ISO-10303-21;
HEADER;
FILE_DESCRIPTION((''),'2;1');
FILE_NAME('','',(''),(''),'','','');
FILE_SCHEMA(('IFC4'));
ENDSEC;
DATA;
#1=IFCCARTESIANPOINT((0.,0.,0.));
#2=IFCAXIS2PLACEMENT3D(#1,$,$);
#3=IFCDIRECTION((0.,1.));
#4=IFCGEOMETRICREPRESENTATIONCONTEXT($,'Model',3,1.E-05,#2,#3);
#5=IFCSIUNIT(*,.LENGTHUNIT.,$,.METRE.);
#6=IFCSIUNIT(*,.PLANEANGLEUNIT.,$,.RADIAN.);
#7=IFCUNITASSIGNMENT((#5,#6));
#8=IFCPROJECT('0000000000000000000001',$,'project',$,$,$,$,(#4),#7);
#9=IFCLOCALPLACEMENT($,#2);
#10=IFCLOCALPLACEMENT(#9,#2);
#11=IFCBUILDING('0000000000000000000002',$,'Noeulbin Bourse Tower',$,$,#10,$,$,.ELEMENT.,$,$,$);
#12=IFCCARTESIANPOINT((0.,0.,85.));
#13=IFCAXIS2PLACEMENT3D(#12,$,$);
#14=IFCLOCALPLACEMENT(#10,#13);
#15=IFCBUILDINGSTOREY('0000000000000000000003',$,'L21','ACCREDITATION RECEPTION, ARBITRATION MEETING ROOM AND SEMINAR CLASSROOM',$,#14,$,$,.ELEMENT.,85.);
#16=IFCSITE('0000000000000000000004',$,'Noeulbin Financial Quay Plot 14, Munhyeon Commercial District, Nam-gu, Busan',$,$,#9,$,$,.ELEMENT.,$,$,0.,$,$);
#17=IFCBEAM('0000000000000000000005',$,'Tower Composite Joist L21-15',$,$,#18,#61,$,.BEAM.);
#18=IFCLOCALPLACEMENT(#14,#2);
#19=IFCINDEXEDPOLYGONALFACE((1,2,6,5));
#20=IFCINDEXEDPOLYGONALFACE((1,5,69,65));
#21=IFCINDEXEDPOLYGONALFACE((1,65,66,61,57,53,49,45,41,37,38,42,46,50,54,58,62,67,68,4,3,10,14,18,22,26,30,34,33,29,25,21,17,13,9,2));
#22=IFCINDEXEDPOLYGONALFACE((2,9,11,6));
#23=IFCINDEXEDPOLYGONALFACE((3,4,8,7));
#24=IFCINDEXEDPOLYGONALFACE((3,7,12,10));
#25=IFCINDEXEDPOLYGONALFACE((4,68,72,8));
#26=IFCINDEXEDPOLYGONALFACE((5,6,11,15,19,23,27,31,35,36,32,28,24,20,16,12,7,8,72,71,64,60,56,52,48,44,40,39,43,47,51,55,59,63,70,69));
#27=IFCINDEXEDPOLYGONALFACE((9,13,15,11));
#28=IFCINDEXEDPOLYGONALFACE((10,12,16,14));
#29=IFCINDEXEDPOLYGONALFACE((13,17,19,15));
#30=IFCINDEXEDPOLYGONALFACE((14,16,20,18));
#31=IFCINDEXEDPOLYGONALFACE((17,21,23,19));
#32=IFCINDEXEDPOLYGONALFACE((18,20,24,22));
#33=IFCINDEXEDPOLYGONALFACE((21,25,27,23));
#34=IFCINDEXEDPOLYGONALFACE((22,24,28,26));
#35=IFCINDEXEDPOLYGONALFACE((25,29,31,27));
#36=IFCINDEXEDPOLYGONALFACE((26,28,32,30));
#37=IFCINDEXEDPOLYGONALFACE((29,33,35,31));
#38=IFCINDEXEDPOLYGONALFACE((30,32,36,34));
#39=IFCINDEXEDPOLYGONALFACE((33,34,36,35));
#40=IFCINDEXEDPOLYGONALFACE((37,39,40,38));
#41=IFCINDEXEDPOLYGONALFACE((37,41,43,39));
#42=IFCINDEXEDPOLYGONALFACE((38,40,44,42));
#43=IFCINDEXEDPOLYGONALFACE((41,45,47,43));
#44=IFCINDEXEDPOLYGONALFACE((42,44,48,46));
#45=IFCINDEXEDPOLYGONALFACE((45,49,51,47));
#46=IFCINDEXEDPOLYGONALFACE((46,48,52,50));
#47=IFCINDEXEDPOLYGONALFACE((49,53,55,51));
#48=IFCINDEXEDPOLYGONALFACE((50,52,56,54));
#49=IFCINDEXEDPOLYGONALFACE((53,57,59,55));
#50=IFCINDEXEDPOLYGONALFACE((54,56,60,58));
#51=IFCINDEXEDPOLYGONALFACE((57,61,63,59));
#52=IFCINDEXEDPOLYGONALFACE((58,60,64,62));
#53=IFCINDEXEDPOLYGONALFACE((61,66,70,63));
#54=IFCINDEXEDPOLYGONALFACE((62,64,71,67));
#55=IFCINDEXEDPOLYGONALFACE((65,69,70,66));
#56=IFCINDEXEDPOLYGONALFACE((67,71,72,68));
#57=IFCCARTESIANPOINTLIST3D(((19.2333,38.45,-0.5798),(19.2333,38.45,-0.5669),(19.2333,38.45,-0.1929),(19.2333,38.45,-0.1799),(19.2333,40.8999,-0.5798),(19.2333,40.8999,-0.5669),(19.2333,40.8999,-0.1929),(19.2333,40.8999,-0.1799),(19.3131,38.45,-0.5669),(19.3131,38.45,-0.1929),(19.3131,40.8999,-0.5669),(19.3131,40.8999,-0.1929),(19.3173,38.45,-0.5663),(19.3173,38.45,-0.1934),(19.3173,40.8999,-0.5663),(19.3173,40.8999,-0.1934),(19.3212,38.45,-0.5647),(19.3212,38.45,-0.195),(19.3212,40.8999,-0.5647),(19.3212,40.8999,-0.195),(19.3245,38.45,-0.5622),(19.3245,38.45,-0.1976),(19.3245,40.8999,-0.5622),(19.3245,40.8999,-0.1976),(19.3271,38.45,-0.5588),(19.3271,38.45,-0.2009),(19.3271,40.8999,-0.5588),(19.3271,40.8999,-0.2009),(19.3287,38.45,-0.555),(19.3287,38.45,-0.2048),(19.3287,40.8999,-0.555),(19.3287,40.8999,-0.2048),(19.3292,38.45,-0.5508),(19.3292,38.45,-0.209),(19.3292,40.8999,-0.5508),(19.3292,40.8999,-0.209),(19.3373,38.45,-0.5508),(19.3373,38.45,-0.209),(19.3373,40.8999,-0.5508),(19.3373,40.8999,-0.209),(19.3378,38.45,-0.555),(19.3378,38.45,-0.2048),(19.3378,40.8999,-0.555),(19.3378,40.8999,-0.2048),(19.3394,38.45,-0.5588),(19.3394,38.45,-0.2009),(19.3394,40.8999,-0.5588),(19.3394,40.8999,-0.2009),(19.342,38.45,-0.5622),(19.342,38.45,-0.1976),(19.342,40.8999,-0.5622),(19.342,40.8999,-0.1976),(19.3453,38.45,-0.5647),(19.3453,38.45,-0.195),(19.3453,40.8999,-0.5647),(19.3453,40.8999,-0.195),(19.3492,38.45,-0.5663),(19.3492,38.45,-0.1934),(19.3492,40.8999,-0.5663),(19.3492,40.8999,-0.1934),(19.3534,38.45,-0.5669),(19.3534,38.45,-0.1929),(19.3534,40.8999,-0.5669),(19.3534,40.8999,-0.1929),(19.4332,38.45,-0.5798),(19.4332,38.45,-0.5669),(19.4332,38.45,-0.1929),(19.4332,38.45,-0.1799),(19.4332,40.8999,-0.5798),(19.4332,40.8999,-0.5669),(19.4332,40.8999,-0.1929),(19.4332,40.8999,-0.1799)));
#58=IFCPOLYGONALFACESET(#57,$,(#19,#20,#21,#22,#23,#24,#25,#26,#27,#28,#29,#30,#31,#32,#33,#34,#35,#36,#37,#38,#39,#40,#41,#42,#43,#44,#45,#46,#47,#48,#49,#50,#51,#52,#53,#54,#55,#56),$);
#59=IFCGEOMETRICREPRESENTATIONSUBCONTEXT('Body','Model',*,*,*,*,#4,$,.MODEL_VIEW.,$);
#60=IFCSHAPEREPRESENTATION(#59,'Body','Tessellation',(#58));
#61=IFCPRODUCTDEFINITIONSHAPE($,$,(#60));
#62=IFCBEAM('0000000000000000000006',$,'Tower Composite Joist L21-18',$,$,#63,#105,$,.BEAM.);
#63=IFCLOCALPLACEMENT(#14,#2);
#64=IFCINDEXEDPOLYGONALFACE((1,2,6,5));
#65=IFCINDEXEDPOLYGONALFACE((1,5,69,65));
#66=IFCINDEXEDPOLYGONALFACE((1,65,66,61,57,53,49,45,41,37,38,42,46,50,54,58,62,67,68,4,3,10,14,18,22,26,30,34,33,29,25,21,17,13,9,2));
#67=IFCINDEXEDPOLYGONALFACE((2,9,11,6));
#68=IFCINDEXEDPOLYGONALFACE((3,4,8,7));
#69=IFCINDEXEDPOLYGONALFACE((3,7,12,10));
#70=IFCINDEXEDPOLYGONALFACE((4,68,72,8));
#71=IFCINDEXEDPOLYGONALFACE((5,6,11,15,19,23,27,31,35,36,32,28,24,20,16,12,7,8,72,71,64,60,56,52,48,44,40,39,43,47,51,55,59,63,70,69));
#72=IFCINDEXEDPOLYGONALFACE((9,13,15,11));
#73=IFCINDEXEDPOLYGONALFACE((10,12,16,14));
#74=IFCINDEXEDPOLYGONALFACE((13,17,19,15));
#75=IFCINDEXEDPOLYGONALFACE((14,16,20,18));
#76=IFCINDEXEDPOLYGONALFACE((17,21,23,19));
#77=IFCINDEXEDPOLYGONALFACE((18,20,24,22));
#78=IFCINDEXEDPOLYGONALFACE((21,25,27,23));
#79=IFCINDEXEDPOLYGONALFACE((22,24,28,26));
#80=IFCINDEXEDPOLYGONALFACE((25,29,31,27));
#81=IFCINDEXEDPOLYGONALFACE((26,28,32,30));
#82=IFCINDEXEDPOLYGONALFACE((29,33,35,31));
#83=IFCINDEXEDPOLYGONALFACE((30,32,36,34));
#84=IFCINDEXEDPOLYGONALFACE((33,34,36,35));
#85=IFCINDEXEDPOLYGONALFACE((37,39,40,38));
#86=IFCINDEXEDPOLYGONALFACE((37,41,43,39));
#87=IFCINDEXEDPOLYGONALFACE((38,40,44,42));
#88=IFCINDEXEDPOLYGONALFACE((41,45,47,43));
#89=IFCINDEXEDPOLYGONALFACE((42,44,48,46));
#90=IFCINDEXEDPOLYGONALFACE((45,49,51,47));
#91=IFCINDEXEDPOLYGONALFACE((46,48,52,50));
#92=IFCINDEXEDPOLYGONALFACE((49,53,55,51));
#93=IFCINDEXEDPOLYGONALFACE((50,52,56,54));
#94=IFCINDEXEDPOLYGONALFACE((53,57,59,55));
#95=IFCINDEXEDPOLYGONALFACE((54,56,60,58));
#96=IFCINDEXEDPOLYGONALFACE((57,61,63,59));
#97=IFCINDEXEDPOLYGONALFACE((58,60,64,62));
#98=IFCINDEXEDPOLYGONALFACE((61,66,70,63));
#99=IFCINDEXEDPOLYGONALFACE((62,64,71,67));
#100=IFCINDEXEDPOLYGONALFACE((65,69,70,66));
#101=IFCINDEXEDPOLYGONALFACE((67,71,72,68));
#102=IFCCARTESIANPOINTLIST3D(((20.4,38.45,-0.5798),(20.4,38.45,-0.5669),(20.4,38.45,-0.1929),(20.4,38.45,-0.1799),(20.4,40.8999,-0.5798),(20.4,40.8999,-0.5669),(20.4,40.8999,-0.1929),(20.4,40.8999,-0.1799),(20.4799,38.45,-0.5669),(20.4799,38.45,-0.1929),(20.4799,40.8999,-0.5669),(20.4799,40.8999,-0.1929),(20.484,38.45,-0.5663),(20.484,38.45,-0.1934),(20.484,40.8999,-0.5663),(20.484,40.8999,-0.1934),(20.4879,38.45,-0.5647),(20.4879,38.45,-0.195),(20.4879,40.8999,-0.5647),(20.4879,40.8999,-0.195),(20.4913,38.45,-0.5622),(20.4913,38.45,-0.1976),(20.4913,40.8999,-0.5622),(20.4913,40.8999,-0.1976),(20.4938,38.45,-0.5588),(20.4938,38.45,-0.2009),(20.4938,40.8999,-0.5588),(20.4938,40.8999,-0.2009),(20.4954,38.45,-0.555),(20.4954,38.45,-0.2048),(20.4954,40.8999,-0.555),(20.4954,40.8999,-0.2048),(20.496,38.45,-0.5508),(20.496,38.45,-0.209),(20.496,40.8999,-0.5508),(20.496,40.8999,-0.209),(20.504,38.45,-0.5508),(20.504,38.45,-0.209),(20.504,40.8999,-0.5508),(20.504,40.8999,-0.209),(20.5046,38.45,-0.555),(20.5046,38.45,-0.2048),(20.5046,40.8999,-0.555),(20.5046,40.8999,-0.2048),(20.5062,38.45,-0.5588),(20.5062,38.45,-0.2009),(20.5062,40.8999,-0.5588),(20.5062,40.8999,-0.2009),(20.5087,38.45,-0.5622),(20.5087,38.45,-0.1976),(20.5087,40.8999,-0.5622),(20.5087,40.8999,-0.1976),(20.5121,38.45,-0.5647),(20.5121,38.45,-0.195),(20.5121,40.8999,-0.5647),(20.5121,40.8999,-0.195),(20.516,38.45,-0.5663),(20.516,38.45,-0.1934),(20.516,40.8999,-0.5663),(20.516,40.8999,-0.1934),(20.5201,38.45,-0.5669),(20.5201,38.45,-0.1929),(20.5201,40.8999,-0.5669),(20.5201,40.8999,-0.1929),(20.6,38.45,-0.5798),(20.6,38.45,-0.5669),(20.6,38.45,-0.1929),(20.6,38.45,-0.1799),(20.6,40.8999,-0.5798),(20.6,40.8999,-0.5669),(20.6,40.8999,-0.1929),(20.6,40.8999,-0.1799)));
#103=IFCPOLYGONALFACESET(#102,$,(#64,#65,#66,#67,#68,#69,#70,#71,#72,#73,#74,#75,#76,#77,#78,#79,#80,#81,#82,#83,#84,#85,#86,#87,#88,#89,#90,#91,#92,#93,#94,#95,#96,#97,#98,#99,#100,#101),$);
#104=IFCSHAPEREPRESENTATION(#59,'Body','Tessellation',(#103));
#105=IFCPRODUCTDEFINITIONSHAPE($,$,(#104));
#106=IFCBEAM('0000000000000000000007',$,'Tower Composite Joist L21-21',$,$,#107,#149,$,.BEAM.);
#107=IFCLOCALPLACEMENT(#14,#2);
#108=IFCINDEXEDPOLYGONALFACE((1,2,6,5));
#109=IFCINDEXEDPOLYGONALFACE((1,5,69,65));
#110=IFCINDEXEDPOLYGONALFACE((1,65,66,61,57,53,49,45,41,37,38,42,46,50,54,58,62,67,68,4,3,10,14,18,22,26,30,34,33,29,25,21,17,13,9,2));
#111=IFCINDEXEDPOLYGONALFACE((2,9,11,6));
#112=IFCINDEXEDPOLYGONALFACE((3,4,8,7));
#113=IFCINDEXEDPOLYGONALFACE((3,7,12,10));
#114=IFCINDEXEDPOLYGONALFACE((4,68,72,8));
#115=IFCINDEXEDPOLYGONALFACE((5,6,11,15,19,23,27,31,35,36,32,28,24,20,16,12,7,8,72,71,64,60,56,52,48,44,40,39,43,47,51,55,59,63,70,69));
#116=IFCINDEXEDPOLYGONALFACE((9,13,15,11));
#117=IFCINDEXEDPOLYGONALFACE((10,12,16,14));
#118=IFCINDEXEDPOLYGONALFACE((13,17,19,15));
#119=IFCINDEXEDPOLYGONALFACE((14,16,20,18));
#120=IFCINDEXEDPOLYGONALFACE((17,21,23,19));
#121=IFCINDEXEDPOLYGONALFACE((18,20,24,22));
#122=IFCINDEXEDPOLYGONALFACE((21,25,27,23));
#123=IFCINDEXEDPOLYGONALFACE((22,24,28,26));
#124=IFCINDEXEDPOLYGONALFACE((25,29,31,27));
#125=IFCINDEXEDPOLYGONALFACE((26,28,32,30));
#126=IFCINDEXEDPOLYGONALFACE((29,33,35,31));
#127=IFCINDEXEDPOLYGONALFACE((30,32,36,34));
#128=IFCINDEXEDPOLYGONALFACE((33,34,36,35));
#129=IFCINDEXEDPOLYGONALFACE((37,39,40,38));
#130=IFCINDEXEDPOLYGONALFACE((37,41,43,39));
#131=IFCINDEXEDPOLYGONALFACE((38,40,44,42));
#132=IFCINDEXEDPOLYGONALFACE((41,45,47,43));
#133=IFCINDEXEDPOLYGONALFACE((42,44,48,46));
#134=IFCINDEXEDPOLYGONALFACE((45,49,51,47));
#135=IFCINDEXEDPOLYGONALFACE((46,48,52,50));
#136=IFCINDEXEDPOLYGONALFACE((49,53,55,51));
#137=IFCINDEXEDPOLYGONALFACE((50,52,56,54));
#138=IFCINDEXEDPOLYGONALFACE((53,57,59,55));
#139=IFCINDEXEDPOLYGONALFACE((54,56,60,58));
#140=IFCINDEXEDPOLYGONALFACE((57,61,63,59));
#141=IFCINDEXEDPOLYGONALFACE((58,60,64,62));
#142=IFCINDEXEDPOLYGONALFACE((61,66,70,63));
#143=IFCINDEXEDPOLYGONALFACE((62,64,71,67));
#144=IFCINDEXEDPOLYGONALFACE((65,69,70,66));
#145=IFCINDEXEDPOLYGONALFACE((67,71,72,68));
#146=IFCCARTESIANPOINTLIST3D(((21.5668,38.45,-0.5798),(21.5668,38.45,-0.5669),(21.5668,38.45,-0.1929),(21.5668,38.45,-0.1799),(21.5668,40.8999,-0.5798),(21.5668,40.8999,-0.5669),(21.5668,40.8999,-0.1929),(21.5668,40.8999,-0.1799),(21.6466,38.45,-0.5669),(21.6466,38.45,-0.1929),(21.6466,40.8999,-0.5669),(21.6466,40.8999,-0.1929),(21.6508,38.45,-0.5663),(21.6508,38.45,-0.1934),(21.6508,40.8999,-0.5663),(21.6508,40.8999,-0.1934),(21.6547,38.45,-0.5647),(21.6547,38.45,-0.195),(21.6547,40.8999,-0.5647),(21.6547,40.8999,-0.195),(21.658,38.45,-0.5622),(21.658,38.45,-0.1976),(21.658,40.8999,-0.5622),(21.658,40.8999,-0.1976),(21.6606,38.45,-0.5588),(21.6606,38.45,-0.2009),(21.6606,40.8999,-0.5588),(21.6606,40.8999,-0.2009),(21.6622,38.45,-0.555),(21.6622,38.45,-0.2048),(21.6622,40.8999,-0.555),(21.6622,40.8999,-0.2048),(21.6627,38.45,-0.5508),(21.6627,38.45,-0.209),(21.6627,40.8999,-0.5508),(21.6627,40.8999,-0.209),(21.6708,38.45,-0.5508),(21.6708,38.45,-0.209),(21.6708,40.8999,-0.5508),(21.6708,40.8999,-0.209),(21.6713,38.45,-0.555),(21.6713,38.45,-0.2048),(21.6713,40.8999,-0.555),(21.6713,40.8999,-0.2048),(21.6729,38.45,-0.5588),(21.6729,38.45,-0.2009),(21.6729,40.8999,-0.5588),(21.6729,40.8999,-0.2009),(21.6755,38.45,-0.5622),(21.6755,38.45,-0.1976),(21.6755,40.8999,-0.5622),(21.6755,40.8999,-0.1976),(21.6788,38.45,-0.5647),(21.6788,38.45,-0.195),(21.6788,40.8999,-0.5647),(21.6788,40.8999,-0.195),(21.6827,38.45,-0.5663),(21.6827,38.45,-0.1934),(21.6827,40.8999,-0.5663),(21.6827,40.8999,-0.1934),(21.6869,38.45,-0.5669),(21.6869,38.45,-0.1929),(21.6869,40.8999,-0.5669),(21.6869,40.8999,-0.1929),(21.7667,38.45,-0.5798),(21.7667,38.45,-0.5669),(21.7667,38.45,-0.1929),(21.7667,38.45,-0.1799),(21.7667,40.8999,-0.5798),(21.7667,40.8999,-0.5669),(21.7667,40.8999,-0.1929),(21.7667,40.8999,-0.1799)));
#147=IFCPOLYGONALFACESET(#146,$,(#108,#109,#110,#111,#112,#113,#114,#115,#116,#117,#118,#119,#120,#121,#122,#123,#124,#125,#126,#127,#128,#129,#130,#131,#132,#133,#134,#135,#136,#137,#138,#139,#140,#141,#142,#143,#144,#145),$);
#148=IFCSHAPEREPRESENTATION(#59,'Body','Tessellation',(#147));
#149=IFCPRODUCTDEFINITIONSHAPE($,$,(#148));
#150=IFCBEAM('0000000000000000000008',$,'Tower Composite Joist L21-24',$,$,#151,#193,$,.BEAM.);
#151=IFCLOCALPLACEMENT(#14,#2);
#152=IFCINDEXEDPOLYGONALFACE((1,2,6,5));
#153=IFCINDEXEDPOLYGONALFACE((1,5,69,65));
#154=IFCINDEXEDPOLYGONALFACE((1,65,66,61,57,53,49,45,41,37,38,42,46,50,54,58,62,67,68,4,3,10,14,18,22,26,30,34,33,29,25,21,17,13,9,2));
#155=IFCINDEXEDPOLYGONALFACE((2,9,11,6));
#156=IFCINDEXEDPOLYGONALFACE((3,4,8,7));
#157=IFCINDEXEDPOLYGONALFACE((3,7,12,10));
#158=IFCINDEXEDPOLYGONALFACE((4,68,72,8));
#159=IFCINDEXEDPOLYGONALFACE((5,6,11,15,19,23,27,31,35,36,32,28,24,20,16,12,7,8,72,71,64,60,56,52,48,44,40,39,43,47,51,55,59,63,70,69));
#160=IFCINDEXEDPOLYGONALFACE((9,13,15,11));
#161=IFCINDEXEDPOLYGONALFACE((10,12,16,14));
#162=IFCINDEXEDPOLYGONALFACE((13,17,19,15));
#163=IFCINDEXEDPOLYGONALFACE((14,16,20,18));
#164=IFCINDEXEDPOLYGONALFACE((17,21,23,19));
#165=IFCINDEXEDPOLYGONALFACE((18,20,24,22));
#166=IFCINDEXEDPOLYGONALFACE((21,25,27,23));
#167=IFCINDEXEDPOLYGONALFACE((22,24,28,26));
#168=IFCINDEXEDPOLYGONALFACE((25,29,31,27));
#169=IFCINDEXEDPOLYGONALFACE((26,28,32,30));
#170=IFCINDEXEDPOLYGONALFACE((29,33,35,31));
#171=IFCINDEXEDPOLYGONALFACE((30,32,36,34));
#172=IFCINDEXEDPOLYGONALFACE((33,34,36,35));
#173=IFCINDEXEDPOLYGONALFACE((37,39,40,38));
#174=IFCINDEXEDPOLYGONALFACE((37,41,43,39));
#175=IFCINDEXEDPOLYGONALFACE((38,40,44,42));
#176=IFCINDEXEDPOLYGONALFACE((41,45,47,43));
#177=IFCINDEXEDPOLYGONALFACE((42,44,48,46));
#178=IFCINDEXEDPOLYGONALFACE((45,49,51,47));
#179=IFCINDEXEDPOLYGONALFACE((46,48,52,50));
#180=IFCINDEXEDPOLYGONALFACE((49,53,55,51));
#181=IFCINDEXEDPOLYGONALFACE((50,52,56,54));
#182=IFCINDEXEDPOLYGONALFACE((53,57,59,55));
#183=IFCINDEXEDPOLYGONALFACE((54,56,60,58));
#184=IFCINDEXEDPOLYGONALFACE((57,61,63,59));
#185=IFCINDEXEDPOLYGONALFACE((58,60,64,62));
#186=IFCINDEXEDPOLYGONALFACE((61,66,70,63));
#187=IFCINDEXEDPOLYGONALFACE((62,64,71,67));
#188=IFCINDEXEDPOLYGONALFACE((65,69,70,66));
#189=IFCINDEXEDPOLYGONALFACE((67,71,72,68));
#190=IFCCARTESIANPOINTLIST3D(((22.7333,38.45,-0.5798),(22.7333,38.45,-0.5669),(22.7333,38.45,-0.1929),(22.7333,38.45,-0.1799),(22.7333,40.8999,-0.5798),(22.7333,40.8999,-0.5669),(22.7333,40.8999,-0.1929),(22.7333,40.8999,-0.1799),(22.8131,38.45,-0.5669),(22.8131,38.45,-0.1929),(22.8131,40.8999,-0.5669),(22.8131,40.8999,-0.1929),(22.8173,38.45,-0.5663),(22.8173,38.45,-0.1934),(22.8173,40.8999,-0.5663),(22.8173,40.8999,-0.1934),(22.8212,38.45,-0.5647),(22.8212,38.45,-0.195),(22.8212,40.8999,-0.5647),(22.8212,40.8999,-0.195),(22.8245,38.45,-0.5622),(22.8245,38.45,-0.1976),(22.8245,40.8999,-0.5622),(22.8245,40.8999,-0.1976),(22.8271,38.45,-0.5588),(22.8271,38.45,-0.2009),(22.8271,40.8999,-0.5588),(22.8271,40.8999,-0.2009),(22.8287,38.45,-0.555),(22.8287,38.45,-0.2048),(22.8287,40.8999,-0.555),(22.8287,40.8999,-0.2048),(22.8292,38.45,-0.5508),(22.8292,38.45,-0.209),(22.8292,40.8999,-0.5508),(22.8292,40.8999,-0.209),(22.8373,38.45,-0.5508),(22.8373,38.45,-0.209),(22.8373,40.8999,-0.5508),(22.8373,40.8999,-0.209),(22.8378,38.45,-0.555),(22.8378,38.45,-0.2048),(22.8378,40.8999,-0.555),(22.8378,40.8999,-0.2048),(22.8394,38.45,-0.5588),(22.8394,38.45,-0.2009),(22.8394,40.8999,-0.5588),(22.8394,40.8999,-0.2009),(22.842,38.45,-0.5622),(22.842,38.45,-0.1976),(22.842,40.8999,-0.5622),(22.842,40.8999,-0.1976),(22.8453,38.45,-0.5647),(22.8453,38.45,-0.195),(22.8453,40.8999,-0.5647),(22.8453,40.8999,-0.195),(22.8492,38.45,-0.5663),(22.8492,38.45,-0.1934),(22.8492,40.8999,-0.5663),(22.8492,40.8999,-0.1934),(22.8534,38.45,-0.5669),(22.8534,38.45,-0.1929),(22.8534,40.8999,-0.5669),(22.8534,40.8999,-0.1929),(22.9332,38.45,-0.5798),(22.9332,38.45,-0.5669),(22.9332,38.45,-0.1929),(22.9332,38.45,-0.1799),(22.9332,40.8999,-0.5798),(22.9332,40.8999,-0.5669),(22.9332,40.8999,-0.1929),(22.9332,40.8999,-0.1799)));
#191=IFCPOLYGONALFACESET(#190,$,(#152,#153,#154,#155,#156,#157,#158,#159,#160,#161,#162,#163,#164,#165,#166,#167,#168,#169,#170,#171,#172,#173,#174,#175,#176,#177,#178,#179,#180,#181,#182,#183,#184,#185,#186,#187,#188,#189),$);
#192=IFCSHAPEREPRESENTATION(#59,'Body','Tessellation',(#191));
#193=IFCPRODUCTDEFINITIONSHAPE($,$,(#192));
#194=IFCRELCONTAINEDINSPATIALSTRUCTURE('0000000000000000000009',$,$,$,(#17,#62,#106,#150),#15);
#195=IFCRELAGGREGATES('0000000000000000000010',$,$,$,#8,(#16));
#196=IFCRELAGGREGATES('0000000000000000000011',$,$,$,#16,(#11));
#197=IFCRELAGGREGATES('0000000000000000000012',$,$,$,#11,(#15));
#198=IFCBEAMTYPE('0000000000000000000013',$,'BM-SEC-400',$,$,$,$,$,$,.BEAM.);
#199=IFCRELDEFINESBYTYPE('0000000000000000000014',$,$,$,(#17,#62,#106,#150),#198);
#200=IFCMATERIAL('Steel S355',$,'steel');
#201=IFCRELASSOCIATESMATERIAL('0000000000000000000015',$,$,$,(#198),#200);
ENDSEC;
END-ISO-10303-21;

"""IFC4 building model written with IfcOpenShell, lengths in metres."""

from ifc_helpers import new_model, si_unit, direction, frame, origin, origin_2d, place, context, subcontext, project, spatial, i_section, extrude, material, material_profile, profile_set, type_object, element, save


model = new_model("IFC4")

# Units and contexts
model_context = context("Model", 3, precision=1e-05, world=origin(), true_north=direction((0.0, 1.0)))
body_context = subcontext(model_context, "Body", "Model", "MODEL_VIEW")
ifc_project = project(units=[si_unit("LENGTHUNIT", "METRE"), si_unit("PLANEANGLEUNIT", "RADIAN")], contexts=[model_context])

# Site, building, storey
site_placement = place(None, origin())
site = spatial("IfcSite", under=ifc_project, at=site_placement, Name="Noeulbin Financial Quay Plot 14, Munhyeon Commercial District, Nam-gu, Busan", CompositionType="ELEMENT", RefElevation=0.0)
building_placement = place(site_placement, origin())
building = spatial("IfcBuilding", under=site, at=building_placement, Name="Noeulbin Bourse Tower", CompositionType="ELEMENT")
storey_placement = place(building_placement, frame((0.0, 0.0, 85.0)))
storey = spatial("IfcBuildingStorey", under=building, at=storey_placement, Name="L21", Description="ACCREDITATION RECEPTION, ARBITRATION MEETING ROOM AND SEMINAR CLASSROOM", CompositionType="ELEMENT", Elevation=85.0)

# Beams
ifc_material_1 = material(Name="Steel S355", Category="steel")
ifc_material_profile_1 = material_profile(ifc_material_1, i_section(OverallWidth=0.2, OverallDepth=0.3999, WebThickness=0.0081, FlangeThickness=0.0129, FilletRadius=0.0161, at=origin_2d()), Name="H-400x200x8x13", Category="LoadBearing")
ifc_profile_set_1 = profile_set([ifc_material_profile_1], Name="Steel S355")
beam_type_1 = type_object("IfcBeamType", Name="BM-SEC-400", PredefinedType="BEAM", material=ifc_profile_set_1)
for number, where, z_axis, x_axis, name in (
    (1, (19.3333, 38.45, -0.3799), (0.0, 1.0, 0.0), (-1.0, 0.0, 0.0), "Tower Composite Joist L21-15"),
    (2, (20.5, 38.45, -0.3799), (0.0, 1.0, 0.0), (-1.0, 0.0, 0.0), "Tower Composite Joist L21-18"),
    (3, (21.6667, 38.45, -0.3799), (0.0, 1.0, 0.0), (-1.0, 0.0, 0.0), "Tower Composite Joist L21-21"),
    (4, (22.8333, 38.45, -0.3799), (0.0, 1.0, 0.0), (-1.0, 0.0, 0.0), "Tower Composite Joist L21-24"),
):
    element("IfcBeam", number, at=place(storey_placement, frame(where, z_axis=z_axis, x_axis=x_axis)), inside=storey, type_object=beam_type_1, Name=name, PredefinedType="BEAM", context=body_context, shape_type="SweptSolid", body=[
        extrude(i_section(OverallWidth=0.2, OverallDepth=0.3999, WebThickness=0.0081, FlangeThickness=0.0129, FilletRadius=0.0161, at=origin_2d()), origin(), (0.0, 0.0, 1.0), 2.45),
    ])

save(model, "model.ifc")
